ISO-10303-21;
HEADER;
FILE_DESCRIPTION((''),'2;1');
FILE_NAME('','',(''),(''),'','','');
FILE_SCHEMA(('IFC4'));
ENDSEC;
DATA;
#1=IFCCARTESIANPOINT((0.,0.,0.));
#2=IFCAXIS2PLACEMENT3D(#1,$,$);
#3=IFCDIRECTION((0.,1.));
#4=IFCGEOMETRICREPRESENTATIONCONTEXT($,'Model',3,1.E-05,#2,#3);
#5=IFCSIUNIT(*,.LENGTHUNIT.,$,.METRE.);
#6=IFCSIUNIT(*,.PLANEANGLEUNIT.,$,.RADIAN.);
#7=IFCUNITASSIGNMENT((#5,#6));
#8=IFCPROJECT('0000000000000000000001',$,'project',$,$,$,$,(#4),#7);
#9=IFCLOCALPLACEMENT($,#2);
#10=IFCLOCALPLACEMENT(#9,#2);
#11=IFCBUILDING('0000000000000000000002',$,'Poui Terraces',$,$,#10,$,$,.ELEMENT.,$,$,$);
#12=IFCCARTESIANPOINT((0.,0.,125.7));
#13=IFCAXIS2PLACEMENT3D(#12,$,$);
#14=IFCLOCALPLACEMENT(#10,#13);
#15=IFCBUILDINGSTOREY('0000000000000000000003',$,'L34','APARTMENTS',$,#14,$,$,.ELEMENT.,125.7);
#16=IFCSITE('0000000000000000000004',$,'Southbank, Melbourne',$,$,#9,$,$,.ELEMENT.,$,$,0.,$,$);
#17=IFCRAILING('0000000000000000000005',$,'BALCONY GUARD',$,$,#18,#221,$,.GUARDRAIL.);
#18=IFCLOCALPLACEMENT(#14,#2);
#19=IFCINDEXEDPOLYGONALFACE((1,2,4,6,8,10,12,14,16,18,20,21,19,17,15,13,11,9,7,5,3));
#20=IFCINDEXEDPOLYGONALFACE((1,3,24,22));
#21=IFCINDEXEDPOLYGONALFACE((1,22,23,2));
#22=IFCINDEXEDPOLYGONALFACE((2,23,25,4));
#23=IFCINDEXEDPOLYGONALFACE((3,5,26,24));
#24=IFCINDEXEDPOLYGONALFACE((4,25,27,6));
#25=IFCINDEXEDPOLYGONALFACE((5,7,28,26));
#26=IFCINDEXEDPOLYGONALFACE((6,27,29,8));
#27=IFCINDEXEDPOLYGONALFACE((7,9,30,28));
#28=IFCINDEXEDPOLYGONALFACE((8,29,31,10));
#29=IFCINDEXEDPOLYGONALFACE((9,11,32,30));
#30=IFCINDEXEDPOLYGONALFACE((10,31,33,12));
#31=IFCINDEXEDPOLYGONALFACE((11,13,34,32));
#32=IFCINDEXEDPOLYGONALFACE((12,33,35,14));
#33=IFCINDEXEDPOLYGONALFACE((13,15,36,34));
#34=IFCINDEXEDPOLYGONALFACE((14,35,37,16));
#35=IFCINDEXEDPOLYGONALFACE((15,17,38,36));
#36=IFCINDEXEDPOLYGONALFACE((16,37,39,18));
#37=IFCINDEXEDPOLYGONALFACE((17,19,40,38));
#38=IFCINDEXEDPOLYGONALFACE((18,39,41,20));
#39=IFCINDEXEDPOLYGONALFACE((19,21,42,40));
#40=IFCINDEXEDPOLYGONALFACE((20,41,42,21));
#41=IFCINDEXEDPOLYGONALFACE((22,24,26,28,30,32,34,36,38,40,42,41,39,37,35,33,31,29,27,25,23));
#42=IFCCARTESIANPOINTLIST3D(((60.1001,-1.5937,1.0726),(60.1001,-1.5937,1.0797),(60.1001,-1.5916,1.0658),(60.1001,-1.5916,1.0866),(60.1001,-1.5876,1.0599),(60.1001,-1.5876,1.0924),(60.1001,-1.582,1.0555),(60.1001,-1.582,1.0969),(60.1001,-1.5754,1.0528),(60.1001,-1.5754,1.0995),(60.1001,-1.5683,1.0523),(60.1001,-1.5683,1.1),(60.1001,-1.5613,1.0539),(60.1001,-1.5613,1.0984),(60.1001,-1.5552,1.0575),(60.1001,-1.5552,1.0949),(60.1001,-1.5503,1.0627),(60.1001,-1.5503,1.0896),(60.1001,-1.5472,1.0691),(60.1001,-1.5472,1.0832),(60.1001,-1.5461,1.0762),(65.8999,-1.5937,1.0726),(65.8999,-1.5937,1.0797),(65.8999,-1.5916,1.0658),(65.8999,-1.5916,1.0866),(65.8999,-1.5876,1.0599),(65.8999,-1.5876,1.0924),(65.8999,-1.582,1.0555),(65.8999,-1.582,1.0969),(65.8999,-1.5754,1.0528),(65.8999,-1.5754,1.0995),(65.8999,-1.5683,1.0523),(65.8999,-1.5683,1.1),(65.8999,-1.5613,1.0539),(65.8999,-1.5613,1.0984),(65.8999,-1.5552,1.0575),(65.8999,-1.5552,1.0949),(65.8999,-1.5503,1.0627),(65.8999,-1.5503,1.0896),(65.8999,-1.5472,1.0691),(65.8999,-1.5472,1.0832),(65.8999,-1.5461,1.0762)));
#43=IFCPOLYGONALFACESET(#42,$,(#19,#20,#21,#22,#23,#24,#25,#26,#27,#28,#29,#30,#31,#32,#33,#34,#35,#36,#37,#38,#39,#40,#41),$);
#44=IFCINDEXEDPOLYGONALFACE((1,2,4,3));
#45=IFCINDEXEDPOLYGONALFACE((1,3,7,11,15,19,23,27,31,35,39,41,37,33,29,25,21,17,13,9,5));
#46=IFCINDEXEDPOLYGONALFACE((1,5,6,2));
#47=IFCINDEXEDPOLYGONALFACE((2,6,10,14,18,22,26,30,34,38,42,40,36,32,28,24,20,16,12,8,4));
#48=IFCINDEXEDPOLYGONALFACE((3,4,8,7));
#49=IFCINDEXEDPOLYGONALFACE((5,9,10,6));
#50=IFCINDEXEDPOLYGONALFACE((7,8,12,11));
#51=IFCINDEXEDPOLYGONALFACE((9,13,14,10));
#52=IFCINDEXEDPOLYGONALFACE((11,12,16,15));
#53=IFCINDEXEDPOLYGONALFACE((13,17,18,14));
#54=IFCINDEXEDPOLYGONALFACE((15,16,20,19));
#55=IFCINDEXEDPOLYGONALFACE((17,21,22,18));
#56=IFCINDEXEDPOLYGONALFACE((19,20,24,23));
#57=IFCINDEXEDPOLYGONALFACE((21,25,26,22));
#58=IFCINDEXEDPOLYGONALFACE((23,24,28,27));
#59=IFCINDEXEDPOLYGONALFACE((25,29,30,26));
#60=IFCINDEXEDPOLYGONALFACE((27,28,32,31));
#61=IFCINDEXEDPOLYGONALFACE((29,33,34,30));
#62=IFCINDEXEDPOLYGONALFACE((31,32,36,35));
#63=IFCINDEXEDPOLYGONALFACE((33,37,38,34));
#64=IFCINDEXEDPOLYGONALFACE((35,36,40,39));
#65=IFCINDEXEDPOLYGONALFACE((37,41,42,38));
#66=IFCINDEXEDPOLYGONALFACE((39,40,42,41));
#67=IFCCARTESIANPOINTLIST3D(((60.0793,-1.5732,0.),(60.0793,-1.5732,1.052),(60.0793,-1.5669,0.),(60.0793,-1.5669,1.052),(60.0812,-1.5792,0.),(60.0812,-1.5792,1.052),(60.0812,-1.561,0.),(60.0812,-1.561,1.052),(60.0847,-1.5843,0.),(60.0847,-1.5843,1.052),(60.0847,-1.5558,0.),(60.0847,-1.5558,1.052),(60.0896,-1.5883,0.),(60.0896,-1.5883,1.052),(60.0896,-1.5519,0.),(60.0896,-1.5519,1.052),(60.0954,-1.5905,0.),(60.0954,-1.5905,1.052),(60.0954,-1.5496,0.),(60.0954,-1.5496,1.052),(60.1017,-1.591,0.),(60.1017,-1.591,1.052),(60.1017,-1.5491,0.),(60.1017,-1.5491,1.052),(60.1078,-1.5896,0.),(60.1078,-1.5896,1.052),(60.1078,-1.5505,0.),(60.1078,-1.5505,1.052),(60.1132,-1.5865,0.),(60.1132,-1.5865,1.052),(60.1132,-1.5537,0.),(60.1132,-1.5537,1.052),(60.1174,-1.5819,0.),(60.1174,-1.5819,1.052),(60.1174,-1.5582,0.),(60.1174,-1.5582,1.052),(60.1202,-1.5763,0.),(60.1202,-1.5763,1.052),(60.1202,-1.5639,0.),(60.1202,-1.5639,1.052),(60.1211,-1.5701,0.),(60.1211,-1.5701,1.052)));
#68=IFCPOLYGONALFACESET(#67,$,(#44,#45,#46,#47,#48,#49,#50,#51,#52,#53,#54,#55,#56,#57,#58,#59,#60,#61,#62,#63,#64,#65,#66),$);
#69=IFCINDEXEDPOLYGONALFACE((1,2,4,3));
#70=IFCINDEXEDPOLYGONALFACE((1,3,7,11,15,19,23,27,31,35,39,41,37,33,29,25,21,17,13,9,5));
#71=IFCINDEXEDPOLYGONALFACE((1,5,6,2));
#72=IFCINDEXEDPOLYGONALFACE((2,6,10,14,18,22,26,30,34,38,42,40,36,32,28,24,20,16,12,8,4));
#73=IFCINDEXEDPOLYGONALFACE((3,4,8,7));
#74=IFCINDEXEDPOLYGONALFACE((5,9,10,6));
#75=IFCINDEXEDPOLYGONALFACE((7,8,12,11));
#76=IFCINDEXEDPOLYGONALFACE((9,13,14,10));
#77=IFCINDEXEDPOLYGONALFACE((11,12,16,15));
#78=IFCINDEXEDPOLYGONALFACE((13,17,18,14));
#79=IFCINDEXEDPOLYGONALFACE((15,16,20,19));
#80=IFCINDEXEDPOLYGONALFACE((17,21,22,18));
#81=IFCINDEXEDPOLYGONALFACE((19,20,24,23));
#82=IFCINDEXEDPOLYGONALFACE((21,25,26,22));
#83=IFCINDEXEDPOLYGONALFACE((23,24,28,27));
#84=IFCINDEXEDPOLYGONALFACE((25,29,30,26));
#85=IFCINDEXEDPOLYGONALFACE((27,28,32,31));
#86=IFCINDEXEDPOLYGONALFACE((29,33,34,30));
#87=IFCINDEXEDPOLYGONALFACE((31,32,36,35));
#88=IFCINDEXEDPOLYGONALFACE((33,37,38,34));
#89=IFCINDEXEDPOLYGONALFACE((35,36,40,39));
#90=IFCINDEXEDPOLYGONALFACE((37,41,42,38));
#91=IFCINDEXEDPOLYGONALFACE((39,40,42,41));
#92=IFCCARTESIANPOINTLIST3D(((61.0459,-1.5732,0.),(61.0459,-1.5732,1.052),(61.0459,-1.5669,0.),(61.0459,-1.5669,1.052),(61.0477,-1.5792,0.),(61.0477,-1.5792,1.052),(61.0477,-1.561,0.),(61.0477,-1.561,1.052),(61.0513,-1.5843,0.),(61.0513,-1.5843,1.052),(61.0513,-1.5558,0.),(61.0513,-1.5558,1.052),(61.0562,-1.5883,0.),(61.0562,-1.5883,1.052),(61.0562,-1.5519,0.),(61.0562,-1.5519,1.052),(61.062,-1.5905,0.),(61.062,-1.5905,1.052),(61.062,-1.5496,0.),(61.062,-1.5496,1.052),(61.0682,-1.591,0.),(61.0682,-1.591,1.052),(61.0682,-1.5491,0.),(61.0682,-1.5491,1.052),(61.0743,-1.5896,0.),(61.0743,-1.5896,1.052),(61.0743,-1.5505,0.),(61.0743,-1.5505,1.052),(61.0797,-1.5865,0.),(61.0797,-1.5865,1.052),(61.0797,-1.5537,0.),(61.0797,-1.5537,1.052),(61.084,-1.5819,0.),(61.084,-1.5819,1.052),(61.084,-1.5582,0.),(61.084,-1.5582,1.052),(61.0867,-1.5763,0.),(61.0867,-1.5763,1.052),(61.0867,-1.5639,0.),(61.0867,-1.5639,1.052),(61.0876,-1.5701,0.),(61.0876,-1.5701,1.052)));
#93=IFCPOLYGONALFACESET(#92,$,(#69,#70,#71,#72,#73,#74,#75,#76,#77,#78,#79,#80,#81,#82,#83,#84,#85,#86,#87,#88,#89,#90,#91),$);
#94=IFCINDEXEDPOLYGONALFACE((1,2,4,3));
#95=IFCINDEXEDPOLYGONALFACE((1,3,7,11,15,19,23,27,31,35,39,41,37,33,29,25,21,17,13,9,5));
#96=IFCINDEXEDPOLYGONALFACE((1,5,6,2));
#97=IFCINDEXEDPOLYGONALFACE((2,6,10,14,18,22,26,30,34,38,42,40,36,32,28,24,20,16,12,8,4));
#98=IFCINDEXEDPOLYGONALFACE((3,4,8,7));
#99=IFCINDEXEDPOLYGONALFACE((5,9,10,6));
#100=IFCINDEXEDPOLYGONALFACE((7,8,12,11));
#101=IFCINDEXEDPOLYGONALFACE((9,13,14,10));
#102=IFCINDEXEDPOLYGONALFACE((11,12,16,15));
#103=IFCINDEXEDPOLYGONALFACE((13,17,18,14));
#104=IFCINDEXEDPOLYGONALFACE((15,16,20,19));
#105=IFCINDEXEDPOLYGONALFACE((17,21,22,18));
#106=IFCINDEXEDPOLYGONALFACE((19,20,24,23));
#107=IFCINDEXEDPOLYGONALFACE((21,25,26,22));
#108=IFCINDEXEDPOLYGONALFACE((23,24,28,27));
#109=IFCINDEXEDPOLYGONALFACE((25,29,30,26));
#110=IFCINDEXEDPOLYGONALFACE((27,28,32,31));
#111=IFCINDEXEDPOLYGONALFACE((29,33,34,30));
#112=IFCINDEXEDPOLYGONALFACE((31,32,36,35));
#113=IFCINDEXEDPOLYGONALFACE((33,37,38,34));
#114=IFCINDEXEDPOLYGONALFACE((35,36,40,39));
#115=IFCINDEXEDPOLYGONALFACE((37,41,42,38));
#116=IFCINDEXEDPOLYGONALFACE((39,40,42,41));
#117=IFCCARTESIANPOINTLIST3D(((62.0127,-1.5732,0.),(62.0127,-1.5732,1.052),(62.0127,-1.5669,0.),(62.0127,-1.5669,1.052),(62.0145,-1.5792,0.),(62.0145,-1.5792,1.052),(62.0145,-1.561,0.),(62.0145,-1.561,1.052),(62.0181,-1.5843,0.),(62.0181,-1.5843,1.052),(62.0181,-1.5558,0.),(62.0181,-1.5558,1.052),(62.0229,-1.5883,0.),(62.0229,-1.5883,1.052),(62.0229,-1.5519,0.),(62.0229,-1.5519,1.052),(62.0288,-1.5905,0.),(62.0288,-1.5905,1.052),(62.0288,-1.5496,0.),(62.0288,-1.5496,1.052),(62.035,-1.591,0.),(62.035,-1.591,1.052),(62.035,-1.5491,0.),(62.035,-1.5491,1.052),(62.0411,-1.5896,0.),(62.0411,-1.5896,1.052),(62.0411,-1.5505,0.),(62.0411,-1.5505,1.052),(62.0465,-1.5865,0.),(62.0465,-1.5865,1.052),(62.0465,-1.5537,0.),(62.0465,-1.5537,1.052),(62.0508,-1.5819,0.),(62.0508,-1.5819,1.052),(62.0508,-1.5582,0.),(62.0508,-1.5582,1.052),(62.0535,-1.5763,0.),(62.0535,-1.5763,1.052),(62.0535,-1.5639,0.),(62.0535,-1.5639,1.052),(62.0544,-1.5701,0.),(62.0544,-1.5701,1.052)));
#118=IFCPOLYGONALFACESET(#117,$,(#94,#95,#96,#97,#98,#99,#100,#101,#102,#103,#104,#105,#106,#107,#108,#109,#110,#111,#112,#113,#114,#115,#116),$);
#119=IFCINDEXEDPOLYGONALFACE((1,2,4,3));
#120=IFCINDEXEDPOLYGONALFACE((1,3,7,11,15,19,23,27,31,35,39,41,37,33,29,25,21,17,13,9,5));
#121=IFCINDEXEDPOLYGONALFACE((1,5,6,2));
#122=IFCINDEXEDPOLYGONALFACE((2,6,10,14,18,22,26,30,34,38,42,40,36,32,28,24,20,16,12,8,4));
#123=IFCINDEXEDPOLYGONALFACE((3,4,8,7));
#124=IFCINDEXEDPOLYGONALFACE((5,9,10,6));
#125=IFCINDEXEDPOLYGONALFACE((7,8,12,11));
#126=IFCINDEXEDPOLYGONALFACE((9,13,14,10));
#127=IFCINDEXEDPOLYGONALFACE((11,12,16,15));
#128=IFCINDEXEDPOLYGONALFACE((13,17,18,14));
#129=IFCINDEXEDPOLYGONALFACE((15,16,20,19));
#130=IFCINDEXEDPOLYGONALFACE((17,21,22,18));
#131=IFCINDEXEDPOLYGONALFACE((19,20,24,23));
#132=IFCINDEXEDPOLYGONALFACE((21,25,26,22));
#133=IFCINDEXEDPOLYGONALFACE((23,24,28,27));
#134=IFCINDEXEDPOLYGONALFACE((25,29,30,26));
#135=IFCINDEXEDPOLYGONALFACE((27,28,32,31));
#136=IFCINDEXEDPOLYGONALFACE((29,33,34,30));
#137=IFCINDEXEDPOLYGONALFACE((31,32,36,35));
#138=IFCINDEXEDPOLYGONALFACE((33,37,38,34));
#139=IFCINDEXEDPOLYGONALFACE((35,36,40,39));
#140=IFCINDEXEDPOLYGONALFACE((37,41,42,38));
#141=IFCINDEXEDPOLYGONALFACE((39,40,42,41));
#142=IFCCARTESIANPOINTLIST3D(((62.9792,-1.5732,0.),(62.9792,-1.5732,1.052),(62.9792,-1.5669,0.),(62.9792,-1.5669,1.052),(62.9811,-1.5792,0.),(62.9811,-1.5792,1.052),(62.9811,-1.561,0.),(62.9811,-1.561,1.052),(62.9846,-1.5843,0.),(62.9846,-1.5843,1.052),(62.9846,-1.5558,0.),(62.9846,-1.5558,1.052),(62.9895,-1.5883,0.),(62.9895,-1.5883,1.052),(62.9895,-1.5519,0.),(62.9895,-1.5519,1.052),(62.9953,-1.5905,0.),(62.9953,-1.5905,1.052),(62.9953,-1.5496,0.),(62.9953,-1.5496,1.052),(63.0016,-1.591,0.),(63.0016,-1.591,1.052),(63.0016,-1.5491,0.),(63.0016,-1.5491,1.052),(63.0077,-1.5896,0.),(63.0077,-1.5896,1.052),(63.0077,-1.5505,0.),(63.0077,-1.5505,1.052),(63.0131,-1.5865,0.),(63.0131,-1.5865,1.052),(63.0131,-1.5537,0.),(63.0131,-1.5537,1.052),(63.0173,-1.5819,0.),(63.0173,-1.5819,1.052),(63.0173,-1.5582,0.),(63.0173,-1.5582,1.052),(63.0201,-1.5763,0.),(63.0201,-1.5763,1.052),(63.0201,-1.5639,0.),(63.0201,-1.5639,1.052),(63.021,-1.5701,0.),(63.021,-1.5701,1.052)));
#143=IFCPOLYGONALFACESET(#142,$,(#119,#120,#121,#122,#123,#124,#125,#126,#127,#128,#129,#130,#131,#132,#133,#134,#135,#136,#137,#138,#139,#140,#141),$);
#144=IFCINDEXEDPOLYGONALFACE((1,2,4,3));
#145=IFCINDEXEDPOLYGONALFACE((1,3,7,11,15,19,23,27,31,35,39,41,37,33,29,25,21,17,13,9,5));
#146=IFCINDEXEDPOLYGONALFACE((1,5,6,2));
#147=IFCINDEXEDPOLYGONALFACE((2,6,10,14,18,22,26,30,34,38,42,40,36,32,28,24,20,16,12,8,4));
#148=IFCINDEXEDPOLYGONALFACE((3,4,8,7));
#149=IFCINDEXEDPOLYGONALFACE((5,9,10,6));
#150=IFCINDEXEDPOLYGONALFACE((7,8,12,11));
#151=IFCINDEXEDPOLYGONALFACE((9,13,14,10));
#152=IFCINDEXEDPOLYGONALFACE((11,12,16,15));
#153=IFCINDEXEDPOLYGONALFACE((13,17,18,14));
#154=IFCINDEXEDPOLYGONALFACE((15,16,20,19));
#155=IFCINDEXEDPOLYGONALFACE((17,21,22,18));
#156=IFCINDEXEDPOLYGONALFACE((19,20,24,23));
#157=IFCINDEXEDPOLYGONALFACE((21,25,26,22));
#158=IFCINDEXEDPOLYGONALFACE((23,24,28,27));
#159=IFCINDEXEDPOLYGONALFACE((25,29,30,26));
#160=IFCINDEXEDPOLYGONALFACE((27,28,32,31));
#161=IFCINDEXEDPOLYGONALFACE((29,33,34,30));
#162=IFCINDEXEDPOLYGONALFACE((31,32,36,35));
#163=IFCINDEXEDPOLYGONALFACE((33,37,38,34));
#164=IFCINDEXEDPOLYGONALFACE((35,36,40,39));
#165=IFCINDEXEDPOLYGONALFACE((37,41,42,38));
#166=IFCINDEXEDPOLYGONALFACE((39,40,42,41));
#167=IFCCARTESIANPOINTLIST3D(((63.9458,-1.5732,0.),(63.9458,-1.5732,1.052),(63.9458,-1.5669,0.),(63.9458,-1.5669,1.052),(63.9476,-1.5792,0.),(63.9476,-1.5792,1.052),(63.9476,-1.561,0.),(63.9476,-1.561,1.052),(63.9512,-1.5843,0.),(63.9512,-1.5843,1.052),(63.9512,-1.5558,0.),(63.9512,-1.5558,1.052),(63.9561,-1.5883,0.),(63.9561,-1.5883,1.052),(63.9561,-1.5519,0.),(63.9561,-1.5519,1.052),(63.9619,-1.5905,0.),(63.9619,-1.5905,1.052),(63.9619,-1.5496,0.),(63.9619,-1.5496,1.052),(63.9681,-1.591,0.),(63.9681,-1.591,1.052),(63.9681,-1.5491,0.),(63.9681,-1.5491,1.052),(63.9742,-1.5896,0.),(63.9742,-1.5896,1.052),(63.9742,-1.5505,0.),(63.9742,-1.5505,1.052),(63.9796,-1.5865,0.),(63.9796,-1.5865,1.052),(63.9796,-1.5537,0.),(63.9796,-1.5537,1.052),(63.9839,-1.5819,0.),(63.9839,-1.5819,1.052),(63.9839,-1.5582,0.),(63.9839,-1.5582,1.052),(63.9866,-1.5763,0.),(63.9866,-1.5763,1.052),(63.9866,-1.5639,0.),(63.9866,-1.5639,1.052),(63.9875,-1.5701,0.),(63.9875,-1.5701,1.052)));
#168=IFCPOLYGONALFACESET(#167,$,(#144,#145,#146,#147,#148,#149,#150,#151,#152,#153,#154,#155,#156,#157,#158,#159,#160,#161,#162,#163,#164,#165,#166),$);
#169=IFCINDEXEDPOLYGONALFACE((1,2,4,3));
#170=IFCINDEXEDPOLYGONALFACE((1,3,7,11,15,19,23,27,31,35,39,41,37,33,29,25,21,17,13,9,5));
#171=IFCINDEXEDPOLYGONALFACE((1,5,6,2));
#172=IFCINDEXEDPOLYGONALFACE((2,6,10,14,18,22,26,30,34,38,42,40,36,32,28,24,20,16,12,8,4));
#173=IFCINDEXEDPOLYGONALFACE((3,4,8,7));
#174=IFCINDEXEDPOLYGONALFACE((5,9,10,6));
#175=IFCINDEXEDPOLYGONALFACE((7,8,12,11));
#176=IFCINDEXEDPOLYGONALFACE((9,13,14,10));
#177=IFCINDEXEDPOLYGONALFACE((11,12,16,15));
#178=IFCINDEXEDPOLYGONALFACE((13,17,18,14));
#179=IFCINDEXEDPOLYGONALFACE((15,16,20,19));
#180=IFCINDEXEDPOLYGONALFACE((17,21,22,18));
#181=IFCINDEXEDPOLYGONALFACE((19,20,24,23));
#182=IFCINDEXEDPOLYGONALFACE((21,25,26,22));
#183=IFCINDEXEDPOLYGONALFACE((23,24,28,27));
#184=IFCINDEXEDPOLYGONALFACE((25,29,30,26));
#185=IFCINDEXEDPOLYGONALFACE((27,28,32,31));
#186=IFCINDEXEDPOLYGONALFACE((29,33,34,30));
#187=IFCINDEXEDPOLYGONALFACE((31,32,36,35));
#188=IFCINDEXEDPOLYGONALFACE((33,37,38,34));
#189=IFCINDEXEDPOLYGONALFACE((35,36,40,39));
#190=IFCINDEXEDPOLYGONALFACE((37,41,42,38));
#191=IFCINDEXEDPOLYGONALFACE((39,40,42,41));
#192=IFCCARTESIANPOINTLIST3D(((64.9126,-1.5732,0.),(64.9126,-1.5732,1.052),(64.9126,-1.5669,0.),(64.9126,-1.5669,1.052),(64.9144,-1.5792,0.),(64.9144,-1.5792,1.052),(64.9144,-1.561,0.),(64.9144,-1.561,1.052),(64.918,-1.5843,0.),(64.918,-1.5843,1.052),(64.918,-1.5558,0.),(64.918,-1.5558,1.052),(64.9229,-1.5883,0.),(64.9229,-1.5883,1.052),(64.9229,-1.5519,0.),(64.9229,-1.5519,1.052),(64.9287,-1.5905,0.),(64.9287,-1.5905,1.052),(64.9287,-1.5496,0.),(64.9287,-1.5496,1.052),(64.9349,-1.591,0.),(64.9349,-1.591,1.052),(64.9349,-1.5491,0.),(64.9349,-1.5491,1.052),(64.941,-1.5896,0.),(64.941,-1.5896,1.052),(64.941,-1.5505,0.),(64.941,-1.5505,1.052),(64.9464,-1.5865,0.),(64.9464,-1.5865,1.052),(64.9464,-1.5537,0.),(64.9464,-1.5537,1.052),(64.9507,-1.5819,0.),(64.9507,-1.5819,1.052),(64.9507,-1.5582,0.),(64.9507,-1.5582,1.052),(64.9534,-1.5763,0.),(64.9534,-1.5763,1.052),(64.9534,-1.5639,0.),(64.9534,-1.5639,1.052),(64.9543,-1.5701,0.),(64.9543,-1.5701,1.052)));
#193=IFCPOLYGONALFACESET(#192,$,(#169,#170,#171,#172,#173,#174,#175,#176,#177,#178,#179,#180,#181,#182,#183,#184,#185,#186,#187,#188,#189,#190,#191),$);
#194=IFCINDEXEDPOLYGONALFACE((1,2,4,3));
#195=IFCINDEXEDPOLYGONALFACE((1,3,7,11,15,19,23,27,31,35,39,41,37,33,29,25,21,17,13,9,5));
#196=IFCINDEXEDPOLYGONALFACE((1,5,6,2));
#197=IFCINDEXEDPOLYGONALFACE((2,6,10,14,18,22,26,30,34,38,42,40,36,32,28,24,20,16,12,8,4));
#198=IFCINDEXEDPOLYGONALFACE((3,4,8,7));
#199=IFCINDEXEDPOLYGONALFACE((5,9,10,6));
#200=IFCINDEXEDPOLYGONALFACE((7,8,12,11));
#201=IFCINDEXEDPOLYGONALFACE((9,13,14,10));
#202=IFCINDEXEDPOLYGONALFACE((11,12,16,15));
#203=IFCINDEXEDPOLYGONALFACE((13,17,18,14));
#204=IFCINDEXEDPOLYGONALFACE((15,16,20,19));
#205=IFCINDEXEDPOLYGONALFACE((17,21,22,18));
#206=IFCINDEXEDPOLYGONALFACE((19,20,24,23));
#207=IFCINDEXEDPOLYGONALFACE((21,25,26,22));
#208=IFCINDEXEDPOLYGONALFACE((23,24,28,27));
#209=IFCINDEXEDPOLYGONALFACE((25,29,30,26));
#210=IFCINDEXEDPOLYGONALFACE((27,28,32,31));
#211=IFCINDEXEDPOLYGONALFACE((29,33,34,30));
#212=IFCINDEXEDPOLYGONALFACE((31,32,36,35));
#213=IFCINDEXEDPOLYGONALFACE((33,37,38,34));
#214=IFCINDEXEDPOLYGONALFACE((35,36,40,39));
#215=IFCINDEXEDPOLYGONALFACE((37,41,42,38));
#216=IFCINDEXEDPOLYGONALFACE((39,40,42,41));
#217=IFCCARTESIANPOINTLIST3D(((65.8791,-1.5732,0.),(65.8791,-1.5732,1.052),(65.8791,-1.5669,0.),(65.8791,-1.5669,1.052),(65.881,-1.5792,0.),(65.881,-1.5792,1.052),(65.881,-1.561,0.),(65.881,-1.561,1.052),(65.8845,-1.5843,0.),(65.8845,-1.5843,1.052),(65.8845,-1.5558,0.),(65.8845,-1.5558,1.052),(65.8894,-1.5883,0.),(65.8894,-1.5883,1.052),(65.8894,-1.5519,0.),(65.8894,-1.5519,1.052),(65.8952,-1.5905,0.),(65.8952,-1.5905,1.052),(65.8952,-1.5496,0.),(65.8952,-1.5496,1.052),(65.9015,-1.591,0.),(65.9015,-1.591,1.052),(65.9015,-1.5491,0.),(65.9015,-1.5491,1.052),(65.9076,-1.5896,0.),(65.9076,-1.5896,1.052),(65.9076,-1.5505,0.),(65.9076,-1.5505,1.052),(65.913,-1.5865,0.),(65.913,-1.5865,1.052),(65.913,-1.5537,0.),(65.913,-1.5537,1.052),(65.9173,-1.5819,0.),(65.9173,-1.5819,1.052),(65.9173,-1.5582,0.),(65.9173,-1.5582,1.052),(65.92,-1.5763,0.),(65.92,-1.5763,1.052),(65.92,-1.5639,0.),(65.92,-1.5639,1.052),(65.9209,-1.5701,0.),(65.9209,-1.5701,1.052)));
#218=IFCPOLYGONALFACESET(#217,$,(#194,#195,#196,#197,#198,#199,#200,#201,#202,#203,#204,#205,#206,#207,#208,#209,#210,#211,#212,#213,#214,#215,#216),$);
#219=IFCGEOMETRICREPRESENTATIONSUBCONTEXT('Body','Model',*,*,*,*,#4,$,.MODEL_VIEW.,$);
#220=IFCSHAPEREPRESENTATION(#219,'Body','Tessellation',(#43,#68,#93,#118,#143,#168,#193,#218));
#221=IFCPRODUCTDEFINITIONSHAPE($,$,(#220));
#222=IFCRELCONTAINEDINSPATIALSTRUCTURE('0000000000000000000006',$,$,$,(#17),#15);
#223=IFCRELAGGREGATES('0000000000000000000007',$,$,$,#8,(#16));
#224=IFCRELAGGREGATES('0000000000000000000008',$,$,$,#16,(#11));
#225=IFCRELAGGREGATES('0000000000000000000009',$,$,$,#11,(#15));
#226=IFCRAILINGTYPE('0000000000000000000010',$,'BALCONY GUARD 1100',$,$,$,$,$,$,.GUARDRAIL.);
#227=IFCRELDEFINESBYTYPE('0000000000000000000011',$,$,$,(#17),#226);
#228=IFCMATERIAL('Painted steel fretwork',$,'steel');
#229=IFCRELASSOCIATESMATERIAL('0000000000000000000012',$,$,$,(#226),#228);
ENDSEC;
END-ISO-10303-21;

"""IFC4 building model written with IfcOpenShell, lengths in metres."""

from ifc_helpers import new_model, si_unit, direction, frame, origin, origin_2d, place, context, subcontext, project, spatial, circle, extrude, material, type_object, element, save


model = new_model("IFC4")

# Units and contexts
model_context = context("Model", 3, precision=1e-05, world=origin(), true_north=direction((0.0, 1.0)))
body_context = subcontext(model_context, "Body", "Model", "MODEL_VIEW")
ifc_project = project(units=[si_unit("LENGTHUNIT", "METRE"), si_unit("PLANEANGLEUNIT", "RADIAN")], contexts=[model_context])

# Site, building, storey
site_placement = place(None, origin())
site = spatial("IfcSite", under=ifc_project, at=site_placement, Name="Southbank, Melbourne", CompositionType="ELEMENT", RefElevation=0.0)
building_placement = place(site_placement, origin())
building = spatial("IfcBuilding", under=site, at=building_placement, Name="Poui Terraces", CompositionType="ELEMENT")
storey_placement = place(building_placement, frame((0.0, 0.0, 125.7)))
storey = spatial("IfcBuildingStorey", under=building, at=storey_placement, Name="L34", Description="APARTMENTS", CompositionType="ELEMENT", Elevation=125.7)

# Railing
ifc_material_1 = material(Name="Painted steel fretwork", Category="steel")
railing_type = type_object("IfcRailingType", Name="BALCONY GUARD 1100", PredefinedType="GUARDRAIL", material=ifc_material_1)
railing_placement = place(storey_placement, frame((60.1001, -1.5701, 0.0)))
element("IfcRailing", 1, at=railing_placement, inside=storey, type_object=railing_type, Name="BALCONY GUARD", PredefinedType="GUARDRAIL", context=body_context, shape_type="SweptSolid", body=[
    extrude(circle(Radius=0.0239, at=origin_2d()), frame((0.0, 0.0, 1.0762), z_axis=(1.0, 0.0, 0.0), x_axis=(0.0, 1.0, 0.0)), (0.0, 0.0, 1.0), 5.7998),
    extrude(circle(Radius=0.021, at=origin_2d()), origin(), (0.0, 0.0, 1.0), 1.052),
    extrude(circle(Radius=0.021, at=origin_2d()), frame((0.9666, 0.0, 0.0)), (0.0, 0.0, 1.0), 1.052),
    extrude(circle(Radius=0.021, at=origin_2d()), frame((1.9333, 0.0, 0.0)), (0.0, 0.0, 1.0), 1.052),
    extrude(circle(Radius=0.021, at=origin_2d()), frame((2.8999, 0.0, 0.0)), (0.0, 0.0, 1.0), 1.052),
    extrude(circle(Radius=0.021, at=origin_2d()), frame((3.8665, 0.0, 0.0)), (0.0, 0.0, 1.0), 1.052),
    extrude(circle(Radius=0.021, at=origin_2d()), frame((4.8333, 0.0, 0.0)), (0.0, 0.0, 1.0), 1.052),
    extrude(circle(Radius=0.021, at=origin_2d()), frame((5.7998, 0.0, 0.0)), (0.0, 0.0, 1.0), 1.052),
])

save(model, "model.ifc")
